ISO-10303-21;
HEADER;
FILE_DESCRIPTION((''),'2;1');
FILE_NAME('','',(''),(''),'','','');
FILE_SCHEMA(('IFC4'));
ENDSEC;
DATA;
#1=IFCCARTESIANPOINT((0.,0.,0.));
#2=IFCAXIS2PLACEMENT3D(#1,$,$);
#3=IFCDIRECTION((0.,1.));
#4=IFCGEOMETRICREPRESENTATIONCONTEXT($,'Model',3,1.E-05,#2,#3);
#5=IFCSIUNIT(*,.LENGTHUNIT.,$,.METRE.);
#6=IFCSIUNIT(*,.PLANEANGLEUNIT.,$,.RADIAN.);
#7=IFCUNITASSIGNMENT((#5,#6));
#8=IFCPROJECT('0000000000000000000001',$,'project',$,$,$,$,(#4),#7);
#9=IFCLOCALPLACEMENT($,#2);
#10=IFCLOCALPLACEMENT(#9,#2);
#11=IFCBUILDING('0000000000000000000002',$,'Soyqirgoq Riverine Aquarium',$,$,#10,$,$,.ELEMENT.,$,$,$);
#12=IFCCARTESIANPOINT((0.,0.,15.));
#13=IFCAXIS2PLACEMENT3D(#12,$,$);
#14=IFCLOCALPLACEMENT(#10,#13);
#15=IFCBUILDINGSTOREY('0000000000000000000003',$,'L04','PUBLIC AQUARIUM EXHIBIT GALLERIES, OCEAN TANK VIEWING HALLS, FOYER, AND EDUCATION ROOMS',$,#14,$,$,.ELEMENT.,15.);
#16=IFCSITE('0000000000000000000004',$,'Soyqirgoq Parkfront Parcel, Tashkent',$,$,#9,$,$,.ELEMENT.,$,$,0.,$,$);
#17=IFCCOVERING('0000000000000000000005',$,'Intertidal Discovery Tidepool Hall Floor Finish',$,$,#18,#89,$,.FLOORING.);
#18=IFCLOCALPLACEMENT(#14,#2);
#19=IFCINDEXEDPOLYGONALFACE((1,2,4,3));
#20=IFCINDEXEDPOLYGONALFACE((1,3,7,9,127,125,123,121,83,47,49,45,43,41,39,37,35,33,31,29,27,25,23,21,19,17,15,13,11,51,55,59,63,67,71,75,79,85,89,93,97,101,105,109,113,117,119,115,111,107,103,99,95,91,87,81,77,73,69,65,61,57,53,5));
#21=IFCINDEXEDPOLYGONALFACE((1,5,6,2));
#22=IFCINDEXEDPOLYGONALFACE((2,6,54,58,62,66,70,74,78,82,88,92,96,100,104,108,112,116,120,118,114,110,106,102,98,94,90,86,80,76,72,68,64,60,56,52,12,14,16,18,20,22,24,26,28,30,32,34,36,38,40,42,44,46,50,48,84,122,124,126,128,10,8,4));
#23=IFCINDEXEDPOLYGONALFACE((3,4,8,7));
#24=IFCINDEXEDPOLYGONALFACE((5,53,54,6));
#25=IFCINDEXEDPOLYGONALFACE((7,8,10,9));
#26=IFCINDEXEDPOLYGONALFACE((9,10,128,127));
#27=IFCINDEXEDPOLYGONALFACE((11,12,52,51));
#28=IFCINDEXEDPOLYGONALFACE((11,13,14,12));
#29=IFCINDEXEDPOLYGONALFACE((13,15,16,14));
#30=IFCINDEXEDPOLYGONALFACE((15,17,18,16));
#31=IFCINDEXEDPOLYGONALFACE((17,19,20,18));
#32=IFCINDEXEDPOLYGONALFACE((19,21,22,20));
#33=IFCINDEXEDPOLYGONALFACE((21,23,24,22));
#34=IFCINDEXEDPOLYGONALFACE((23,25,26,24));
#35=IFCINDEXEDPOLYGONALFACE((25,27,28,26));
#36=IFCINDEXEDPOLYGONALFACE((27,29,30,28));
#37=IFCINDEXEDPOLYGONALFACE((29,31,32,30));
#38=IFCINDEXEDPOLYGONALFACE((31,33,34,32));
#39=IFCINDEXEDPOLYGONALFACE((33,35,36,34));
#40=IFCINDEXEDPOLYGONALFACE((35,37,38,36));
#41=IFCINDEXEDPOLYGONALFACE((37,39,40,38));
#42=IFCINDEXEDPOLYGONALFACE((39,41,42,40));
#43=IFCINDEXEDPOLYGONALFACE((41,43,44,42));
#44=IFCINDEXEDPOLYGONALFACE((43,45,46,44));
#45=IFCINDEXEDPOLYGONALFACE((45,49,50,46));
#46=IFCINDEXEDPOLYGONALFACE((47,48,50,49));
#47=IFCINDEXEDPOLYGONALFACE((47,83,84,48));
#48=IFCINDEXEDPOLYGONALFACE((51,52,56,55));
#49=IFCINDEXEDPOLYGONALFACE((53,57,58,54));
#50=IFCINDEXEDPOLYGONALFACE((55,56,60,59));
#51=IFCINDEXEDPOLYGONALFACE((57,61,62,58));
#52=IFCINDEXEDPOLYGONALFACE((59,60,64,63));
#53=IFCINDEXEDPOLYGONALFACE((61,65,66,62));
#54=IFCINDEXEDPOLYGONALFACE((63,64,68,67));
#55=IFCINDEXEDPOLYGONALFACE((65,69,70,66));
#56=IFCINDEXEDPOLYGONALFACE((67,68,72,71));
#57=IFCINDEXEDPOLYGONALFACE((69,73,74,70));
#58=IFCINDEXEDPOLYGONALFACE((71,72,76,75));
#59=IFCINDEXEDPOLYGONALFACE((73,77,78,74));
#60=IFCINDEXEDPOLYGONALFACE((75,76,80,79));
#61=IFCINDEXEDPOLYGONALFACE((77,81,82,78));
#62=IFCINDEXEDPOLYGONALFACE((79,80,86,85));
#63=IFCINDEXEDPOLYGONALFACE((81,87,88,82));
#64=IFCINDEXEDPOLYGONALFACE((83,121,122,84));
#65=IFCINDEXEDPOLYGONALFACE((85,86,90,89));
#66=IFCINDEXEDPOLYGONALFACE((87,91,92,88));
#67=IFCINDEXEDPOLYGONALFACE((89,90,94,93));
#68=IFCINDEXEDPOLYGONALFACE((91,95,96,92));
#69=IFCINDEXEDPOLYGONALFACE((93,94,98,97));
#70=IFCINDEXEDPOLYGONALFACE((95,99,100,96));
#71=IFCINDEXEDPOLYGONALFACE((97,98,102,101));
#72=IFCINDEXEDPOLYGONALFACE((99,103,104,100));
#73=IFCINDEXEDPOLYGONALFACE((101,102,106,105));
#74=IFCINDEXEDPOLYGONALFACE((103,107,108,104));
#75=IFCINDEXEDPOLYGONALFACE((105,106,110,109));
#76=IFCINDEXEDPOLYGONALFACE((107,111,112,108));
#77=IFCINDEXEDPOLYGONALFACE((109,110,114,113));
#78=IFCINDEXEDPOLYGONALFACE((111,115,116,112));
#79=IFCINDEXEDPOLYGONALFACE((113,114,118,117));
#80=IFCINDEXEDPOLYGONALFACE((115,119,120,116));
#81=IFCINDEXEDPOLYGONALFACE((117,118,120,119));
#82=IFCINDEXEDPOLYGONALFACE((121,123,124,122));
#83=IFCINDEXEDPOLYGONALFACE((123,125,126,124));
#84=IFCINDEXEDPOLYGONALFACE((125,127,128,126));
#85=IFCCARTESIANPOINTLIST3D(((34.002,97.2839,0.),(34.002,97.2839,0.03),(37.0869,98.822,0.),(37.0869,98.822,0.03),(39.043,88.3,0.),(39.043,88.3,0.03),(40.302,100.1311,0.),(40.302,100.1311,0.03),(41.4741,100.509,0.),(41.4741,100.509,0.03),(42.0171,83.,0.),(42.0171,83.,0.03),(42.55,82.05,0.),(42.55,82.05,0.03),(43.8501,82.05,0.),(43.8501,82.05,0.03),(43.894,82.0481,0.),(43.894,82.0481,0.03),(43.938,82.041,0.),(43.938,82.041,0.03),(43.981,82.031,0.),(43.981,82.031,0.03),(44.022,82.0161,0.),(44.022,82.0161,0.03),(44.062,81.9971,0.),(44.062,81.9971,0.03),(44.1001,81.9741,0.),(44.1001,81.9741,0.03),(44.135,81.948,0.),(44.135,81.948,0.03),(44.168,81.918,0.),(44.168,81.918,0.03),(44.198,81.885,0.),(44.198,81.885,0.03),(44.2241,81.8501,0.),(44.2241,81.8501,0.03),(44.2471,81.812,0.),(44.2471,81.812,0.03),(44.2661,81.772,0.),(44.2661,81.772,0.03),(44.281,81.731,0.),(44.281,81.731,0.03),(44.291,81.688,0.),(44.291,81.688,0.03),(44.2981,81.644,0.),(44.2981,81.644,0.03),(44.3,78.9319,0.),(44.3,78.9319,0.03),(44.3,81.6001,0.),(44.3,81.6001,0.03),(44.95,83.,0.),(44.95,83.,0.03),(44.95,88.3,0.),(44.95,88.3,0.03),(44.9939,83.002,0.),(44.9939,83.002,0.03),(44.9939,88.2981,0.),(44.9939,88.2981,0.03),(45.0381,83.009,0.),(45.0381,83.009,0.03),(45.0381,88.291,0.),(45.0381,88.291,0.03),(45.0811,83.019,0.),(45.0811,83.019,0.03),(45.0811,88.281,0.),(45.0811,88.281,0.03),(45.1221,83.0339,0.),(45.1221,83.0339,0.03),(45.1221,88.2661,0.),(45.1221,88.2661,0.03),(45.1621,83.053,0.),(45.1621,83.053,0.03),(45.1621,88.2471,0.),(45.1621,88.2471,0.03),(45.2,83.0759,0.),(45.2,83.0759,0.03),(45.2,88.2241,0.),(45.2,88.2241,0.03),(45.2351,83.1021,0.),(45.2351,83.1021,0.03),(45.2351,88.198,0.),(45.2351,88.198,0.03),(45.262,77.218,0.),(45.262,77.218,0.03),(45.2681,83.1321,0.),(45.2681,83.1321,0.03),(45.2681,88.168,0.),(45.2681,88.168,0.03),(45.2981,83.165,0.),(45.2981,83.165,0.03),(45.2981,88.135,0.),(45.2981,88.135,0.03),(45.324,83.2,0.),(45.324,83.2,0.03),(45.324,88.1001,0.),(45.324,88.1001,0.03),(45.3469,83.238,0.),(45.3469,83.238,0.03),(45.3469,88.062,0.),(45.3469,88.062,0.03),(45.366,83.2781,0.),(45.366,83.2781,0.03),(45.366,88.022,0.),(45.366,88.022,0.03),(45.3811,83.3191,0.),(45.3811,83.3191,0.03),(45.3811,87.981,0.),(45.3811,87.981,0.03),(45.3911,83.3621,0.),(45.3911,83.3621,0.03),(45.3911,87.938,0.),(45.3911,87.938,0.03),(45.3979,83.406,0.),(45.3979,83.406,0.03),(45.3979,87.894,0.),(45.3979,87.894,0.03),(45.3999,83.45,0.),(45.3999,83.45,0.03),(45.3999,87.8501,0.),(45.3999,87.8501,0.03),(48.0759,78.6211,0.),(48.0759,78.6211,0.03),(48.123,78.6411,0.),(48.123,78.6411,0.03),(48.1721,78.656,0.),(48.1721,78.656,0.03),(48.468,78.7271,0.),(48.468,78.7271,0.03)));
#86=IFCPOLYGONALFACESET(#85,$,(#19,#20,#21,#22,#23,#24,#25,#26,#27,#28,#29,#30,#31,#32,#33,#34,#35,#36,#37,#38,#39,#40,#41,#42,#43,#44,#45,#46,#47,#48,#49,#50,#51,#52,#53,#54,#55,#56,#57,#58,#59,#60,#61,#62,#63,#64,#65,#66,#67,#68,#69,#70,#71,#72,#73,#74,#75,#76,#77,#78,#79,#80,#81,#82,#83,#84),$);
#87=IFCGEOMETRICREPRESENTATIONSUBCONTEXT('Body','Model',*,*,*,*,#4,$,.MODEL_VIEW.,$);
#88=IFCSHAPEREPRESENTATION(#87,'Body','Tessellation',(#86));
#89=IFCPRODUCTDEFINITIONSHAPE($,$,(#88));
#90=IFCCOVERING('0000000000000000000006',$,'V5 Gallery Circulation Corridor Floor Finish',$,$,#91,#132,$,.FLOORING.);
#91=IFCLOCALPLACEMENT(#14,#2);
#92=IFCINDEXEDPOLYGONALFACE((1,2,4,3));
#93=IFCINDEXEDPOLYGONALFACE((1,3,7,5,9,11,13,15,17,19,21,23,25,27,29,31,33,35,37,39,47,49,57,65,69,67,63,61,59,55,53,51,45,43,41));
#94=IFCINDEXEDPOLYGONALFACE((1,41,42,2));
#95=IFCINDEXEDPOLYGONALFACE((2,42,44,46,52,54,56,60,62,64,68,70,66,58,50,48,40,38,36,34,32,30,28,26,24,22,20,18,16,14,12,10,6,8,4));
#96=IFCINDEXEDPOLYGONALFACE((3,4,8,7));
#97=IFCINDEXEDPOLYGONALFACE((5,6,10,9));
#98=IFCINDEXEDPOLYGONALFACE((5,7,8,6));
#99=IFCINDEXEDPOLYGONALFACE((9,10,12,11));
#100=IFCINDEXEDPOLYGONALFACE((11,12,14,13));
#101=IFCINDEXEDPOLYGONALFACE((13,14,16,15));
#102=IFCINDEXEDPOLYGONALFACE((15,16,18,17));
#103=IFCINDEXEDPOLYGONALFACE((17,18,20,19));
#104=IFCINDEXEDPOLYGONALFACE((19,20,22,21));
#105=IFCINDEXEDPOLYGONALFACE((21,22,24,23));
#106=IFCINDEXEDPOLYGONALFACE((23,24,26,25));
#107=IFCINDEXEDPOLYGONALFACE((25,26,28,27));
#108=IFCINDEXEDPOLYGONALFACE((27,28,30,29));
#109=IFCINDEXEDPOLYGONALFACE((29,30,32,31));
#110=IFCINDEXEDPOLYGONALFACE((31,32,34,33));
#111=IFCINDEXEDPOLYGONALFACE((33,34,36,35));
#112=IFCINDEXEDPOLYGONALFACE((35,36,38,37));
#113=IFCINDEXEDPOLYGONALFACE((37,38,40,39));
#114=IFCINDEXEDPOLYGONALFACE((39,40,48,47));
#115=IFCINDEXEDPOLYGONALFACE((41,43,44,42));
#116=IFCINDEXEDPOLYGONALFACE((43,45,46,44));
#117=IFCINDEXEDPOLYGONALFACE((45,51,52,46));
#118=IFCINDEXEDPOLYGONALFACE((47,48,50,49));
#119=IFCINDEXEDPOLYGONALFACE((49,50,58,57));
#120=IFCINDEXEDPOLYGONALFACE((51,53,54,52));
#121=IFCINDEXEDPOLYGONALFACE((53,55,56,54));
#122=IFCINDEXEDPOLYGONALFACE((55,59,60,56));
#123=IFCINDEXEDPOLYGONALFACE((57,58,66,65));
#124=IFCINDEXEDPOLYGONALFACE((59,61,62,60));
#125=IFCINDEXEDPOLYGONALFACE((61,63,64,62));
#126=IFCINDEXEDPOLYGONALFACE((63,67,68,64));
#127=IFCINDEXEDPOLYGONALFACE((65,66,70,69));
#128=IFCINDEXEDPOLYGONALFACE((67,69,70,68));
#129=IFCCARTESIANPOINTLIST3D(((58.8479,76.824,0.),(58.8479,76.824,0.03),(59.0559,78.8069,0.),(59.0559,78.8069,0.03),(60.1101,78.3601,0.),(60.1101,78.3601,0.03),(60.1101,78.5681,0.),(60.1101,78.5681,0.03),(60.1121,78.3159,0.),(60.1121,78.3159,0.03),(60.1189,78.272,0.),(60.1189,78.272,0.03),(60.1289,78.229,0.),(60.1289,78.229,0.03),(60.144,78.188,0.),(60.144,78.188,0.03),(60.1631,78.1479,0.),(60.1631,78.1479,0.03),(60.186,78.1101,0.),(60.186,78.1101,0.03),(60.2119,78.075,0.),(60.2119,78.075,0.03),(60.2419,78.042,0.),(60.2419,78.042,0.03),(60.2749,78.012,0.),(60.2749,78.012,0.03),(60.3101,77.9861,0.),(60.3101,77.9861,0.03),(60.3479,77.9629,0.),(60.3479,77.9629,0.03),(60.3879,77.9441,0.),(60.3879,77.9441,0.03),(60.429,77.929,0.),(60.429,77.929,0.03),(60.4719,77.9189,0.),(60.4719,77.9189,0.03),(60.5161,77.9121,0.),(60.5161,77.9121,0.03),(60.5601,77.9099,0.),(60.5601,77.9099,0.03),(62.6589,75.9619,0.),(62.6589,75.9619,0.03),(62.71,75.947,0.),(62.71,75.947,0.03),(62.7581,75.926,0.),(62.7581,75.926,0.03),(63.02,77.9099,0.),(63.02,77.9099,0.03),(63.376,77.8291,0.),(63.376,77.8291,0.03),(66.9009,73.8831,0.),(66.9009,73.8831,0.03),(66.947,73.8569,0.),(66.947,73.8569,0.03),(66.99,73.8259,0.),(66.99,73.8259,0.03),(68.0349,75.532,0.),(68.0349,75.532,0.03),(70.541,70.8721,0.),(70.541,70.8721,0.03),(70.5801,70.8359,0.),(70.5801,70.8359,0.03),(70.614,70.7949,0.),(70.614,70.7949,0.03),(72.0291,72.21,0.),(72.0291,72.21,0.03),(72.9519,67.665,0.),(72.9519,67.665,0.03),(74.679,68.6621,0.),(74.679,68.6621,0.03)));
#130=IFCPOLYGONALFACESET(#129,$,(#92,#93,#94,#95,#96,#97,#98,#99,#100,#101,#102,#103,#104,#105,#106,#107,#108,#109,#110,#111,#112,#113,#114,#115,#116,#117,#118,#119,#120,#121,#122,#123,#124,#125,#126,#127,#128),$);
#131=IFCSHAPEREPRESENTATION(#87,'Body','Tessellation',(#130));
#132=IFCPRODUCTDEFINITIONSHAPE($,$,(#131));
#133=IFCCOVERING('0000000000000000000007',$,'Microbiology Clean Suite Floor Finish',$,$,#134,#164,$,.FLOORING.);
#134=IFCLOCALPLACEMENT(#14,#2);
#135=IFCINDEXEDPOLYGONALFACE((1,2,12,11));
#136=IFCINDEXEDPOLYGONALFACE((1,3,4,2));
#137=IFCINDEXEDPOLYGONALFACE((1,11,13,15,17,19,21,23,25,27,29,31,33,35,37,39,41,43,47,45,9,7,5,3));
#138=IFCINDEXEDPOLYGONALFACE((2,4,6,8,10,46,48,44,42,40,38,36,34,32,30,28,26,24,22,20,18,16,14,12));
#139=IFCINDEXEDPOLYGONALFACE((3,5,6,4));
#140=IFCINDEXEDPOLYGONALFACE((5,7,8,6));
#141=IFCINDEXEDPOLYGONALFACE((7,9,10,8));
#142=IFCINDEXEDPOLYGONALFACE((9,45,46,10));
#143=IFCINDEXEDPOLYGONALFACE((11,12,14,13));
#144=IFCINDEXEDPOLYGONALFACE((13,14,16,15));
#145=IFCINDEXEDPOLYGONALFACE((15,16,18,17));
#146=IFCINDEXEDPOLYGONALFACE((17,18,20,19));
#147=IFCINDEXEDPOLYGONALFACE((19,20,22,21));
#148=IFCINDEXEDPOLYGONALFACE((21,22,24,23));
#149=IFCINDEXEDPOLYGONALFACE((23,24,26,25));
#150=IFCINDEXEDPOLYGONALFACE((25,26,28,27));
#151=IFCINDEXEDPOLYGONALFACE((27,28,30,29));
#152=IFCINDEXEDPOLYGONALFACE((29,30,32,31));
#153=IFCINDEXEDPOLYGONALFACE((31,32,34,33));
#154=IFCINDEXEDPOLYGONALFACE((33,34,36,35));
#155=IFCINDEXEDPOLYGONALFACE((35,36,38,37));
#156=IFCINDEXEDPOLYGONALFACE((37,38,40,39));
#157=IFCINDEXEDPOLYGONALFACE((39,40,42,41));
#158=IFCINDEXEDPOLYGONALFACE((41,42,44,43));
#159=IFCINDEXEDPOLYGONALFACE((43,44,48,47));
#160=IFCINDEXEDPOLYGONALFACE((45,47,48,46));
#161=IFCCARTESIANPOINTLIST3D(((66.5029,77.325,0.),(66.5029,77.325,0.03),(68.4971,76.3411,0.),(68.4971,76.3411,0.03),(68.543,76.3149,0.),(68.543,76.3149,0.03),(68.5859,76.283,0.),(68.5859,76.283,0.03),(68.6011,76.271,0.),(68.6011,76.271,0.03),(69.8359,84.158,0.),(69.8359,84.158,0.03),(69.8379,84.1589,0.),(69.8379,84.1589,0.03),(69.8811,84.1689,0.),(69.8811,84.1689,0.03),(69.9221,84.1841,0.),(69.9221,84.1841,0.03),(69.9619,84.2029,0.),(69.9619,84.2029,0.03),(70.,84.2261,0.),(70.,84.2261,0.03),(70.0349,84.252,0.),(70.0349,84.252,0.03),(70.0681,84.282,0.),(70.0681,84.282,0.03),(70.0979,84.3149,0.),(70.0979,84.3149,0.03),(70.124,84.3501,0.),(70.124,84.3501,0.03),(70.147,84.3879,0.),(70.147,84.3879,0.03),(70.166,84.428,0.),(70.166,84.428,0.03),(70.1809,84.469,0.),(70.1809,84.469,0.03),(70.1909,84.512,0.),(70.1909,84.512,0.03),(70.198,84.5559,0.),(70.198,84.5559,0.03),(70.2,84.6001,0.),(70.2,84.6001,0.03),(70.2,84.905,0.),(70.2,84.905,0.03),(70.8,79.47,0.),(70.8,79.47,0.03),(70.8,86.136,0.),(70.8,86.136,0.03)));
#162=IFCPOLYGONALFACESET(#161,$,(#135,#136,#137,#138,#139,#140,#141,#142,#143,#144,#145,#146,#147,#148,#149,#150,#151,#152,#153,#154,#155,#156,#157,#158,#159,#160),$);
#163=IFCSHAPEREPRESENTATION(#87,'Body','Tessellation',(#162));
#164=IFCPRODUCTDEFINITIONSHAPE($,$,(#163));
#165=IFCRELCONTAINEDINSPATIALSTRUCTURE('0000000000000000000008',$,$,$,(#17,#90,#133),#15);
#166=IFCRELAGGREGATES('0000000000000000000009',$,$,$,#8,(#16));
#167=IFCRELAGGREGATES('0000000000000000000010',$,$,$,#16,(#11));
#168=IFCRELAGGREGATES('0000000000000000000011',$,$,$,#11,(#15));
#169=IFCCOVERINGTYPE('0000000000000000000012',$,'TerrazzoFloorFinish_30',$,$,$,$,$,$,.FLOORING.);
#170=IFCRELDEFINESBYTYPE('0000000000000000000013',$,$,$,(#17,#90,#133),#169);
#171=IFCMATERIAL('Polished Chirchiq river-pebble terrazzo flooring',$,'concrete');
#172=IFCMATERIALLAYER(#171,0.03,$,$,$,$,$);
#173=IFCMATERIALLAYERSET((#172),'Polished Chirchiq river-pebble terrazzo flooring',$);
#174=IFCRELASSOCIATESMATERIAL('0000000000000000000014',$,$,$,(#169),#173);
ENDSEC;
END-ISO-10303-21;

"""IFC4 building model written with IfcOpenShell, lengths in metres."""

from ifc_helpers import new_model, si_unit, direction, frame, origin, place, context, subcontext, project, spatial, polyline, outline, extrude, material, layer, layer_set, type_object, element, save


model = new_model("IFC4")

# Units and contexts
model_context = context("Model", 3, precision=1e-05, world=origin(), true_north=direction((0.0, 1.0)))
body_context = subcontext(model_context, "Body", "Model", "MODEL_VIEW")
ifc_project = project(units=[si_unit("LENGTHUNIT", "METRE"), si_unit("PLANEANGLEUNIT", "RADIAN")], contexts=[model_context])

# Site, building, storey
site_placement = place(None, origin())
site = spatial("IfcSite", under=ifc_project, at=site_placement, Name="Soyqirgoq Parkfront Parcel, Tashkent", CompositionType="ELEMENT", RefElevation=0.0)
building_placement = place(site_placement, origin())
building = spatial("IfcBuilding", under=site, at=building_placement, Name="Soyqirgoq Riverine Aquarium", CompositionType="ELEMENT")
storey_placement = place(building_placement, frame((0.0, 0.0, 15.0)))
storey = spatial("IfcBuildingStorey", under=building, at=storey_placement, Name="L04", Description="PUBLIC AQUARIUM EXHIBIT GALLERIES, OCEAN TANK VIEWING HALLS, FOYER, AND EDUCATION ROOMS", CompositionType="ELEMENT", Elevation=15.0)

# Coverings
ifc_material_1 = material(Name="Polished Chirchiq river-pebble terrazzo flooring", Category="concrete")
ifc_layer_1 = layer(ifc_material_1, 0.03)
ifc_layer_set_1 = layer_set([ifc_layer_1], Name="Polished Chirchiq river-pebble terrazzo flooring")
covering_type_1 = type_object("IfcCoveringType", Name="TerrazzoFloorFinish_30", PredefinedType="FLOORING", material=ifc_layer_set_1)
covering_1_placement = place(storey_placement, origin())
element("IfcCovering", 1, at=covering_1_placement, inside=storey, type_object=covering_type_1, Name="Intertidal Discovery Tidepool Hall Floor Finish", PredefinedType="FLOORING", context=body_context, shape_type="SweptSolid", body=[
    extrude(outline(polyline([(37.0869, 98.822), (40.302, 100.1311), (41.4741, 100.509), (48.468, 78.7271), (48.1721, 78.656), (48.123, 78.6411), (48.0759, 78.6211), (45.262, 77.218), (44.3, 78.9319), (44.3, 81.6001), (44.2981, 81.644), (44.291, 81.688), (44.281, 81.731), (44.2661, 81.772), (44.2471, 81.812), (44.2241, 81.8501), (44.198, 81.885), (44.168, 81.918), (44.135, 81.948), (44.1001, 81.9741), (44.062, 81.9971), (44.022, 82.0161), (43.981, 82.031), (43.938, 82.041), (43.894, 82.0481), (43.8501, 82.05), (42.55, 82.05), (42.0171, 83.0), (44.95, 83.0), (44.9939, 83.002), (45.0381, 83.009), (45.0811, 83.019), (45.1221, 83.0339), (45.1621, 83.053), (45.2, 83.0759), (45.2351, 83.1021), (45.2681, 83.1321), (45.2981, 83.165), (45.324, 83.2), (45.3469, 83.238), (45.366, 83.2781), (45.3811, 83.3191), (45.3911, 83.3621), (45.3979, 83.406), (45.3999, 83.45), (45.3999, 87.8501), (45.3979, 87.894), (45.3911, 87.938), (45.3811, 87.981), (45.366, 88.022), (45.3469, 88.062), (45.324, 88.1001), (45.2981, 88.135), (45.2681, 88.168), (45.2351, 88.198), (45.2, 88.2241), (45.1621, 88.2471), (45.1221, 88.2661), (45.0811, 88.281), (45.0381, 88.291), (44.9939, 88.2981), (44.95, 88.3), (39.043, 88.3), (34.002, 97.2839), (37.0869, 98.822)])), origin(), (0.0, 0.0, 1.0), 0.03),
])
covering_2_placement = place(storey_placement, origin())
element("IfcCovering", 2, at=covering_2_placement, inside=storey, type_object=covering_type_1, Name="V5 Gallery Circulation Corridor Floor Finish", PredefinedType="FLOORING", context=body_context, shape_type="SweptSolid", body=[
    extrude(outline(polyline([(59.0559, 78.8069), (60.1101, 78.5681), (60.1101, 78.3601), (60.1121, 78.3159), (60.1189, 78.272), (60.1289, 78.229), (60.144, 78.188), (60.1631, 78.1479), (60.186, 78.1101), (60.2119, 78.075), (60.2419, 78.042), (60.2749, 78.012), (60.3101, 77.9861), (60.3479, 77.9629), (60.3879, 77.9441), (60.429, 77.929), (60.4719, 77.9189), (60.5161, 77.9121), (60.5601, 77.9099), (63.02, 77.9099), (63.376, 77.8291), (68.0349, 75.532), (72.0291, 72.21), (74.679, 68.6621), (72.9519, 67.665), (70.614, 70.7949), (70.5801, 70.8359), (70.541, 70.8721), (66.99, 73.8259), (66.947, 73.8569), (66.9009, 73.8831), (62.7581, 75.926), (62.71, 75.947), (62.6589, 75.9619), (58.8479, 76.824), (59.0559, 78.8069)])), origin(), (0.0, 0.0, 1.0), 0.03),
])
covering_3_placement = place(storey_placement, origin())
element("IfcCovering", 3, at=covering_3_placement, inside=storey, type_object=covering_type_1, Name="Microbiology Clean Suite Floor Finish", PredefinedType="FLOORING", context=body_context, shape_type="SweptSolid", body=[
    extrude(outline(polyline([(68.5859, 76.283), (68.543, 76.3149), (68.4971, 76.3411), (66.5029, 77.325), (69.8359, 84.158), (69.8379, 84.1589), (69.8811, 84.1689), (69.9221, 84.1841), (69.9619, 84.2029), (70.0, 84.2261), (70.0349, 84.252), (70.0681, 84.282), (70.0979, 84.3149), (70.124, 84.3501), (70.147, 84.3879), (70.166, 84.428), (70.1809, 84.469), (70.1909, 84.512), (70.198, 84.5559), (70.2, 84.6001), (70.2, 84.905), (70.8, 86.136), (70.8, 79.47), (68.6011, 76.271), (68.5859, 76.283)])), origin(), (0.0, 0.0, 1.0), 0.03),
])

save(model, "model.ifc")
